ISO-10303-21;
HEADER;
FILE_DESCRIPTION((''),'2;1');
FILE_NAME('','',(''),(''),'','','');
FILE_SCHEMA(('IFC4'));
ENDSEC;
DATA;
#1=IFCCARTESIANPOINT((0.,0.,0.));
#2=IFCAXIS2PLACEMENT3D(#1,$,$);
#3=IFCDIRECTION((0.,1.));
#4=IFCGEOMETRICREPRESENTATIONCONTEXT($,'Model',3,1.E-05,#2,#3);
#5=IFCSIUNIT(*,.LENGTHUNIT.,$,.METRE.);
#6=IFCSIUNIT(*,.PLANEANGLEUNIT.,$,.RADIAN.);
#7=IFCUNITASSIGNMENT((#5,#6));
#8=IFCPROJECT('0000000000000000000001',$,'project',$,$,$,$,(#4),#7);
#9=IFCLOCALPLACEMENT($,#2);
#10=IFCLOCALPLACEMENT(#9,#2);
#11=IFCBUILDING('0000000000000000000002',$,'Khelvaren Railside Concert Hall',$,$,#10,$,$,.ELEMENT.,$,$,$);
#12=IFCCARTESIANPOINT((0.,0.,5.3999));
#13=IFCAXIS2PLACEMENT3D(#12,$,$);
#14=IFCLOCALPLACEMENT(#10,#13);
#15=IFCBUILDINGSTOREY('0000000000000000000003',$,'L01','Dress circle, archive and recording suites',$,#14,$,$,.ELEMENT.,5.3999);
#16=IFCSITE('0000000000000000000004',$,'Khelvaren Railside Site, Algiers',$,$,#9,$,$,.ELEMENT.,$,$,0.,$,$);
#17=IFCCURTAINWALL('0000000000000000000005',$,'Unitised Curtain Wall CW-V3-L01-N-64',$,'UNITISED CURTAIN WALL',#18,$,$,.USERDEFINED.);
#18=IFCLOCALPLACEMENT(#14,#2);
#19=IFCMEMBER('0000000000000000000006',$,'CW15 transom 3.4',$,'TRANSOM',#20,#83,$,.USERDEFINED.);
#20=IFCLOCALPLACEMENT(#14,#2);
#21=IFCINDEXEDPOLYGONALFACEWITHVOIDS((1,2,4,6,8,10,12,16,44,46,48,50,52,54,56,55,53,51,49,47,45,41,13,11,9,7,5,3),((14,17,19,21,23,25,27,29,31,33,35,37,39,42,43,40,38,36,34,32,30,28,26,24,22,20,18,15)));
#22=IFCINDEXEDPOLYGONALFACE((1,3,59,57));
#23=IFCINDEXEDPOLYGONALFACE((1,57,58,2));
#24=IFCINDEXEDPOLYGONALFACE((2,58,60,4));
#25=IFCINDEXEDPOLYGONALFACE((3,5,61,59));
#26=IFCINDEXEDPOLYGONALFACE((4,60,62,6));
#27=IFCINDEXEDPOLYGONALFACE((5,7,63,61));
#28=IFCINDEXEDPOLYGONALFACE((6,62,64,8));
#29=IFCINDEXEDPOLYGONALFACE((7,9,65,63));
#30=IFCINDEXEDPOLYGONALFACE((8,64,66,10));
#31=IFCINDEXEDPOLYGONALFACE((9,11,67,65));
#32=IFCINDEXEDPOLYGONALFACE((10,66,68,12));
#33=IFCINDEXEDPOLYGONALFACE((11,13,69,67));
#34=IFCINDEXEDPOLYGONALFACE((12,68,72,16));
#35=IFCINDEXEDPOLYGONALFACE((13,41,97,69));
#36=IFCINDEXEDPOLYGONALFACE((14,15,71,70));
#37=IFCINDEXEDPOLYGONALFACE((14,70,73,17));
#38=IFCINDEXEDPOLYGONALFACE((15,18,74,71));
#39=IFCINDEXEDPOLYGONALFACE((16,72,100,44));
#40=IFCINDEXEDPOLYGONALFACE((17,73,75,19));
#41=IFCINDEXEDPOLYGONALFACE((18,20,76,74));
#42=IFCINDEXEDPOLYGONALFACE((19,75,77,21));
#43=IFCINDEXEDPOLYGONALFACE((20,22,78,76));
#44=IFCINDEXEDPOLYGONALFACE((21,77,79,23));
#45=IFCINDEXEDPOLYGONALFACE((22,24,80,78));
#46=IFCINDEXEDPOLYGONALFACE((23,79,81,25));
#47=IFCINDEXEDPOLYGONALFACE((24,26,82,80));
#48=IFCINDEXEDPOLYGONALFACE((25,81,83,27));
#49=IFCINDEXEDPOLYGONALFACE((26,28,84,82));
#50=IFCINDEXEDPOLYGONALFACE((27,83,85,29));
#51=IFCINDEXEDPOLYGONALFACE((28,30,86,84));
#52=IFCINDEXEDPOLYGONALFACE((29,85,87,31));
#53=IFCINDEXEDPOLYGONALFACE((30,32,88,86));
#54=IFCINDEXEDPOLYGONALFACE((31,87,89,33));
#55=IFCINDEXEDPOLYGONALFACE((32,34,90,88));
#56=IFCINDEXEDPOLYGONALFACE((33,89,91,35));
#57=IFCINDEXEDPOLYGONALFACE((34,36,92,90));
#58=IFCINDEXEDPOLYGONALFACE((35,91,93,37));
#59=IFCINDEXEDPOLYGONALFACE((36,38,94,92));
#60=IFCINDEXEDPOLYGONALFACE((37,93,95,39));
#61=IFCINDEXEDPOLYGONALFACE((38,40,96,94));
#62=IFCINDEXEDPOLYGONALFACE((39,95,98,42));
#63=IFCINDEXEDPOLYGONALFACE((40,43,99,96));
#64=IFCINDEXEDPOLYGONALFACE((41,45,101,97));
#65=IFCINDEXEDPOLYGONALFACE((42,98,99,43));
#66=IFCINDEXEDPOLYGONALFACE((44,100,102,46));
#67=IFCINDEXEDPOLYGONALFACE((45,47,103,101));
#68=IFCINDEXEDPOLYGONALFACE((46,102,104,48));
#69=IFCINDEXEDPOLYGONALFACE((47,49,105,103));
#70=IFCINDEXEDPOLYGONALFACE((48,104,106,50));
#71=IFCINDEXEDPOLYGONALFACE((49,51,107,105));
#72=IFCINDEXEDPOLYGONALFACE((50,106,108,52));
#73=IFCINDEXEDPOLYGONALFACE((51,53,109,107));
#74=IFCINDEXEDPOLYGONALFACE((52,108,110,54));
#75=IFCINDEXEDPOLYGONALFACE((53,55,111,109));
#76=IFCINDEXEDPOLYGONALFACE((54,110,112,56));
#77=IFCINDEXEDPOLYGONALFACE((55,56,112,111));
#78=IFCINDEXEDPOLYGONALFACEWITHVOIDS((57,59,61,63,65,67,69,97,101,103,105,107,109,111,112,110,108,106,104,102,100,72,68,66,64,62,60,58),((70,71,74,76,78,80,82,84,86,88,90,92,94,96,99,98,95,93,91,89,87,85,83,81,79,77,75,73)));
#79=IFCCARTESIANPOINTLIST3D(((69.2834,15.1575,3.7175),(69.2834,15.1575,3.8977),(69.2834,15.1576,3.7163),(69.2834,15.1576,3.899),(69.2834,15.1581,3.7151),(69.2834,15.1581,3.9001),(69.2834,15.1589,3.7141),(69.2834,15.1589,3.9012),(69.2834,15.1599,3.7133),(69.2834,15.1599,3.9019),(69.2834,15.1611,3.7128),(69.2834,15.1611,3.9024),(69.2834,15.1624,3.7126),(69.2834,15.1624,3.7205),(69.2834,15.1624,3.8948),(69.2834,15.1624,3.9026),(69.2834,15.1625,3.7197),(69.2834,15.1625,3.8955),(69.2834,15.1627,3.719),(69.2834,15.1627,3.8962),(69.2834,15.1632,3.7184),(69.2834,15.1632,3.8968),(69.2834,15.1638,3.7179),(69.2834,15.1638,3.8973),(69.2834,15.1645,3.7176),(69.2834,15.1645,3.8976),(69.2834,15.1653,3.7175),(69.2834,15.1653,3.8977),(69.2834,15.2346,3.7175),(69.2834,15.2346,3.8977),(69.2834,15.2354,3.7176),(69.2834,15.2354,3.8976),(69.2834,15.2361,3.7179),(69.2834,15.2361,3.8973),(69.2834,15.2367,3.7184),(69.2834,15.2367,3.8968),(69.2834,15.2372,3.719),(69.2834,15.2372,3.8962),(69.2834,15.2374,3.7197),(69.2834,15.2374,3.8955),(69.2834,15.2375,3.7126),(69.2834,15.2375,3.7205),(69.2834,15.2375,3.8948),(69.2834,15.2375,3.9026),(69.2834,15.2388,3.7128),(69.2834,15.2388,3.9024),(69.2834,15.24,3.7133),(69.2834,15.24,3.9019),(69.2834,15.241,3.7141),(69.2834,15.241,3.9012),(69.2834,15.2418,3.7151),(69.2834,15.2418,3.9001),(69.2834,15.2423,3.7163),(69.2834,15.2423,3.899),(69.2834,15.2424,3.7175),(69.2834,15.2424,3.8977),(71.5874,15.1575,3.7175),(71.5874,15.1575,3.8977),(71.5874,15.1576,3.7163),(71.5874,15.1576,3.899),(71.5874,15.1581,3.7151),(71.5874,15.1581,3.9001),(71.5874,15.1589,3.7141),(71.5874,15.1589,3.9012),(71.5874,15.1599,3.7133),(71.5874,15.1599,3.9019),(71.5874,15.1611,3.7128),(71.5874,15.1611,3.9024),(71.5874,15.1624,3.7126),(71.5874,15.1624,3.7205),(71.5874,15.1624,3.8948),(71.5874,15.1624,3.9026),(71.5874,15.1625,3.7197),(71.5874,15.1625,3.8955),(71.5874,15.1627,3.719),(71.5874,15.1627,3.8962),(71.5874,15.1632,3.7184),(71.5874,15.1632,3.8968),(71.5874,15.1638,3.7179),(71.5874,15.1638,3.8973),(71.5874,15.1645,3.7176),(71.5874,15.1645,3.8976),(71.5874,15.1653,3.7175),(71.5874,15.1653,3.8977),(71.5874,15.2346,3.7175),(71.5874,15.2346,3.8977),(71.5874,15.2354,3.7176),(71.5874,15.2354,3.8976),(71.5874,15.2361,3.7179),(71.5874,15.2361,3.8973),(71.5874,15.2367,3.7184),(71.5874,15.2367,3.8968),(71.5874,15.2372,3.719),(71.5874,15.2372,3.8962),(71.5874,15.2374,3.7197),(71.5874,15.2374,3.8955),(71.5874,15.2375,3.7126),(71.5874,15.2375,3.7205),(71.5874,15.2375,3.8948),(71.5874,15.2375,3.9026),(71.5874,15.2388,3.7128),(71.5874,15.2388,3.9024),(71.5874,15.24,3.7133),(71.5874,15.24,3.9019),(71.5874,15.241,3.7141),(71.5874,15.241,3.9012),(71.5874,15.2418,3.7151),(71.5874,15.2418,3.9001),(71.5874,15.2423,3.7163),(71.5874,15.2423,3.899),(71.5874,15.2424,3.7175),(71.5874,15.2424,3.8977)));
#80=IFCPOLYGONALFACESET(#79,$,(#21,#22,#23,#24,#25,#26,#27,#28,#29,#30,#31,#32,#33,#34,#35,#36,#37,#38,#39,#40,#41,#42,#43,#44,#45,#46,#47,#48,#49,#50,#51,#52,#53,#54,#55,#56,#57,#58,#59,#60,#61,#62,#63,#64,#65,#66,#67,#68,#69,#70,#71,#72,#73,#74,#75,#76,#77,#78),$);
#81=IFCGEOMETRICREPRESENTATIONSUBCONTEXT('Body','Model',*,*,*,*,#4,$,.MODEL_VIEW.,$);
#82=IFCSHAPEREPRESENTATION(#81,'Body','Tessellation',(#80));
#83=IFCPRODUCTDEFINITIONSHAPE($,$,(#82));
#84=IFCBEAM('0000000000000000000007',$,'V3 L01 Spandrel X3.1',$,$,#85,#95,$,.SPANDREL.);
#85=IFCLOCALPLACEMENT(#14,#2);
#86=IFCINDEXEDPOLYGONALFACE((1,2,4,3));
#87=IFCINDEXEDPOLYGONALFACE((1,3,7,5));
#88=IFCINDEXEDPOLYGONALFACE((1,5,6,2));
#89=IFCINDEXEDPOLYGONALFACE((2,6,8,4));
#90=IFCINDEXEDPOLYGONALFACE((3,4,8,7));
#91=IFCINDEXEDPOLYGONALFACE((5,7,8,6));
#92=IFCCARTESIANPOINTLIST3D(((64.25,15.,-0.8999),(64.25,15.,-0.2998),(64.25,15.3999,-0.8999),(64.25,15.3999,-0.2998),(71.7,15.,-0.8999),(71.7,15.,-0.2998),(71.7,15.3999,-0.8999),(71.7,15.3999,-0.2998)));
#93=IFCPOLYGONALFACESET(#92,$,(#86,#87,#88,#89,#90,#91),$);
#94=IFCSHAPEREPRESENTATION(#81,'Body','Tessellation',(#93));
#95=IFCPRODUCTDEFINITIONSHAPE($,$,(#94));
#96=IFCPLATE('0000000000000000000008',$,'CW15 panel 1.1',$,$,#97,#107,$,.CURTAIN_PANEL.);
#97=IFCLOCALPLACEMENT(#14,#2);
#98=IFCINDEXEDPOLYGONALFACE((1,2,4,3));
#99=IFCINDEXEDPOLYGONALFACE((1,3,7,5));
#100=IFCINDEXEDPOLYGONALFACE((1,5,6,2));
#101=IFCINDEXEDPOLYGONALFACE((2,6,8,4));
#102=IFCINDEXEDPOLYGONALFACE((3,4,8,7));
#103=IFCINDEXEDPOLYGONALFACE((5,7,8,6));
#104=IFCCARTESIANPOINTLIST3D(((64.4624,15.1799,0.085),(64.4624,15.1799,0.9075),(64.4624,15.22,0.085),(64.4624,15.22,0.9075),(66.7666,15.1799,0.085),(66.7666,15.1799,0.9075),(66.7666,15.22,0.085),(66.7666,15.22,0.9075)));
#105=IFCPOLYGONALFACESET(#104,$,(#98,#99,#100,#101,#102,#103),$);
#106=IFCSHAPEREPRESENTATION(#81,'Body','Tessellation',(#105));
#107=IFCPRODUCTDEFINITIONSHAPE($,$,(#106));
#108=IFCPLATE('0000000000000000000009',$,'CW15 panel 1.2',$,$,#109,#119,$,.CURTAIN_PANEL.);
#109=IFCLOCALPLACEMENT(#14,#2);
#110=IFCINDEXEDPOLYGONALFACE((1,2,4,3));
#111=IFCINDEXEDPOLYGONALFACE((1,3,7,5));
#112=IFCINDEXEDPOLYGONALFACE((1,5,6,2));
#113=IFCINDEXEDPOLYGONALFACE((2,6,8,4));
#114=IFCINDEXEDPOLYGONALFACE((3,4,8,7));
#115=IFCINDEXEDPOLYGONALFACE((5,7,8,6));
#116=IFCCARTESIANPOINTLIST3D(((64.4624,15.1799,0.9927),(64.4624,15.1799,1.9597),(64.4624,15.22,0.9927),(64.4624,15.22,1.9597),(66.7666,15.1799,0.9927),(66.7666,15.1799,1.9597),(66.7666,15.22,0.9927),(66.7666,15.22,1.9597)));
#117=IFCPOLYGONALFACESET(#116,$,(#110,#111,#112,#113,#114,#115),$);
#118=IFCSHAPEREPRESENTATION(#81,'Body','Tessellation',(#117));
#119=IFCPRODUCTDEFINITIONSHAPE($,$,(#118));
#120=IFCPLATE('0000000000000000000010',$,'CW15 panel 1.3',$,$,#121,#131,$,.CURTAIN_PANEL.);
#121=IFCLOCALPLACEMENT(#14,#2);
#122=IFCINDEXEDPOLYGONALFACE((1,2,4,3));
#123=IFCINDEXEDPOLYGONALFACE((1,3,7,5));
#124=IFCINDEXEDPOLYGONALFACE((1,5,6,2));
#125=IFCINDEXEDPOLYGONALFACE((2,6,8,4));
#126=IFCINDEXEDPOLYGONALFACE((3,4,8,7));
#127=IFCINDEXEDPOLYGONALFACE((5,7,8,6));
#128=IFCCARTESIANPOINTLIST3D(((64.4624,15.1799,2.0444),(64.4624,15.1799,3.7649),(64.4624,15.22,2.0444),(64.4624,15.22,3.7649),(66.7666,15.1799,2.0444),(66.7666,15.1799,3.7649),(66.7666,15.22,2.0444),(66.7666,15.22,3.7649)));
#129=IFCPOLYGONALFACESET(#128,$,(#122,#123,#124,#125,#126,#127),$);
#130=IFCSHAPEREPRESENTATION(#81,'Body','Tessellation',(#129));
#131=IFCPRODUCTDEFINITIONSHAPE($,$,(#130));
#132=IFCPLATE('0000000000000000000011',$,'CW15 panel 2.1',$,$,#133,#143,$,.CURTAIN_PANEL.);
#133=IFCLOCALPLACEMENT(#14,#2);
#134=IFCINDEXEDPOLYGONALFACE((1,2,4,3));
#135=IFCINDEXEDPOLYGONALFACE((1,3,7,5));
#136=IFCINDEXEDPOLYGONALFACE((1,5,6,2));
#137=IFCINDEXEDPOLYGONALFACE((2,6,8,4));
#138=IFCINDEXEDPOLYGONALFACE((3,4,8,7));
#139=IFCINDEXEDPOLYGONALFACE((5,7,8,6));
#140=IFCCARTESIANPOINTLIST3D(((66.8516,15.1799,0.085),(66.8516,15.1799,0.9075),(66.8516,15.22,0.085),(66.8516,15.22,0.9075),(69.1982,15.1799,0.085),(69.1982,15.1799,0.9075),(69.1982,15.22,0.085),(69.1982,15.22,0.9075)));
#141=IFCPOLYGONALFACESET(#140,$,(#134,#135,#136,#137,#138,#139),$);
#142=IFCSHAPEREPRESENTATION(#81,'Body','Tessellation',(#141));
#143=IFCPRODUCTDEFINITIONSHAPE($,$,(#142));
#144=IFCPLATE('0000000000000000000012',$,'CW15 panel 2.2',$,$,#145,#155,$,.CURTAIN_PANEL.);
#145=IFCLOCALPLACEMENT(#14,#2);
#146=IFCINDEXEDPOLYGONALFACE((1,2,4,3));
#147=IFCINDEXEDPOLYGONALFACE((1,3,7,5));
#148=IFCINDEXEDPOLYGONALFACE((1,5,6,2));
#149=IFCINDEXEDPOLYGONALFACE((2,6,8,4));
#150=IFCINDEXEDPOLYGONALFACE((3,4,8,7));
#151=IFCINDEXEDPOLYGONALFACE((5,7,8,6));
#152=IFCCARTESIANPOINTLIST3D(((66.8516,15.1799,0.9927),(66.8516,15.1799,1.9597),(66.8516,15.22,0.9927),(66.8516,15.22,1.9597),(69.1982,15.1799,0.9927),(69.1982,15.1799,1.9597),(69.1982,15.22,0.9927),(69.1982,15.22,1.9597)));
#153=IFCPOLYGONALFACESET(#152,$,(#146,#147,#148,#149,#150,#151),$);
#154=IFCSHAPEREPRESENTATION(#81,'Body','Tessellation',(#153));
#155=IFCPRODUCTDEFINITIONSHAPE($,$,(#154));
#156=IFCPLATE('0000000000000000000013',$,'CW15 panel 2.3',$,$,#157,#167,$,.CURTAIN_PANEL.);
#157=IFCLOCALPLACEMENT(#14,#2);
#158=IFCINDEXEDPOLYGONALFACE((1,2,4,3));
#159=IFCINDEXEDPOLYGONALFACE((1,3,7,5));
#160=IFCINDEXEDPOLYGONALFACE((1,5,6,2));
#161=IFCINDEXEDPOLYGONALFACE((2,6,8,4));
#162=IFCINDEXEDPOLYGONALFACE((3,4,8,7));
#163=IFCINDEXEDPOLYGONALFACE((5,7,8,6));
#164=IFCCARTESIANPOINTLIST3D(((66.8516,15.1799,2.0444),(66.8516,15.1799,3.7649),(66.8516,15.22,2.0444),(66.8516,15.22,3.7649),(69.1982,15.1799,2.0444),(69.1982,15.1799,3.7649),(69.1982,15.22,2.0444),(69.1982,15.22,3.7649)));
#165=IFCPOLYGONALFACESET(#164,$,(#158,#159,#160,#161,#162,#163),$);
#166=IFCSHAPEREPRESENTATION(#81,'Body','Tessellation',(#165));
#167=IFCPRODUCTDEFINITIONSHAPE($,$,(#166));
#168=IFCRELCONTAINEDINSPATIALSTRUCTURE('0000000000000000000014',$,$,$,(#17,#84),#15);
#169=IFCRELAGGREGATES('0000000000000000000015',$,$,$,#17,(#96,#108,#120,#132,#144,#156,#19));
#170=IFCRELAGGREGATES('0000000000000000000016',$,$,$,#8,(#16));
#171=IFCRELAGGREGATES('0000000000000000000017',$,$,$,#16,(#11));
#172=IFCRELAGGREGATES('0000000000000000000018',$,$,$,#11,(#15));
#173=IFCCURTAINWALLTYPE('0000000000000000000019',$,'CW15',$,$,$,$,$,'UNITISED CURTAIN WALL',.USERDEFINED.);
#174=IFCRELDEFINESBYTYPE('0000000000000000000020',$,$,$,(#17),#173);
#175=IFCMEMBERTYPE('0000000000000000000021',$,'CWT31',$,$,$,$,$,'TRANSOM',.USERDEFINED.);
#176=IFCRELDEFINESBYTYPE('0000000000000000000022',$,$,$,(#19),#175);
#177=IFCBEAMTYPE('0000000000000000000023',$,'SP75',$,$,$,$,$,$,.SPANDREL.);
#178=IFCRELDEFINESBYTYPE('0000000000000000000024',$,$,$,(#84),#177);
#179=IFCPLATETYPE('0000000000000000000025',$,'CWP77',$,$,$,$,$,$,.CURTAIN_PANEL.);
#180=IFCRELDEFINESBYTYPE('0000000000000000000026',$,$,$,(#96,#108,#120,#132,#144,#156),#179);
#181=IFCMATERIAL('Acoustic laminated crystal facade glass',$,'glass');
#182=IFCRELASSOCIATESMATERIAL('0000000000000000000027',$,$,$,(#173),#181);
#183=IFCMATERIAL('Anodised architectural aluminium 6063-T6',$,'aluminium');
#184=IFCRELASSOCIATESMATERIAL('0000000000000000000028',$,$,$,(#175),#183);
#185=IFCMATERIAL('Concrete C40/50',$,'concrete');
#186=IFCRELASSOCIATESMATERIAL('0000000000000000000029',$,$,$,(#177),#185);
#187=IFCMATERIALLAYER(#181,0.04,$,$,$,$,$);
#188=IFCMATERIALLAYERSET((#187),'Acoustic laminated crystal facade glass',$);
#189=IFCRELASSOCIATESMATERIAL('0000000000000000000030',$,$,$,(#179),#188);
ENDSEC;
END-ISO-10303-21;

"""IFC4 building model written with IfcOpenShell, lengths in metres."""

from ifc_helpers import new_model, si_unit, direction, frame, origin, origin_2d, place, context, subcontext, project, spatial, rectangle, hollow_rectangle, extrude, material, layer, layer_set, material_profile, profile_set, type_object, element, aggregate, save


model = new_model("IFC4")

# Units and contexts
model_context = context("Model", 3, precision=1e-05, world=origin(), true_north=direction((0.0, 1.0)))
body_context = subcontext(model_context, "Body", "Model", "MODEL_VIEW")
ifc_project = project(units=[si_unit("LENGTHUNIT", "METRE"), si_unit("PLANEANGLEUNIT", "RADIAN")], contexts=[model_context])

# Site, building, storey
site_placement = place(None, origin())
site = spatial("IfcSite", under=ifc_project, at=site_placement, Name="Khelvaren Railside Site, Algiers", CompositionType="ELEMENT", RefElevation=0.0)
building_placement = place(site_placement, origin())
building = spatial("IfcBuilding", under=site, at=building_placement, Name="Khelvaren Railside Concert Hall", CompositionType="ELEMENT")
storey_placement = place(building_placement, frame((0.0, 0.0, 5.3999)))
storey = spatial("IfcBuildingStorey", under=building, at=storey_placement, Name="L01", Description="Dress circle, archive and recording suites", CompositionType="ELEMENT", Elevation=5.3999)

# Curtain wall, member
ifc_material_1 = material(Name="Acoustic laminated crystal facade glass", Category="glass")
curtain_wall_type = type_object("IfcCurtainWallType", Name="CW15", ElementType="UNITISED CURTAIN WALL", PredefinedType="USERDEFINED", material=ifc_material_1)
curtain_wall_placement = place(storey_placement, origin())
curtain_wall = element("IfcCurtainWall", 1, at=curtain_wall_placement, inside=storey, type_object=curtain_wall_type, Name="Unitised Curtain Wall CW-V3-L01-N-64", ObjectType="UNITISED CURTAIN WALL", PredefinedType="USERDEFINED")
ifc_material_2 = material(Name="Anodised architectural aluminium 6063-T6", Category="aluminium")
ifc_material_profile_1 = material_profile(ifc_material_2, hollow_rectangle(XDim=0.085, YDim=0.1899, WallThickness=0.0049, InnerFilletRadius=0.0029, OuterFilletRadius=0.0049, at=origin_2d()), Name="CWT 85x190x5")
ifc_profile_set_1 = profile_set([ifc_material_profile_1], Name="Anodised architectural aluminium 6063-T6")
member_type_1 = type_object("IfcMemberType", Name="CWT31", ElementType="TRANSOM", PredefinedType="USERDEFINED", material=ifc_profile_set_1)
member_1_placement = place(storey_placement, frame((69.2834, 15.2, 3.8076), z_axis=(1.0, 0.0, 0.0), x_axis=(0.0, 1.0, 0.0)))
member_1 = element("IfcMember", 2, at=member_1_placement, type_object=member_type_1, Name="CW15 transom 3.4", ObjectType="TRANSOM", PredefinedType="USERDEFINED", context=body_context, shape_type="SweptSolid", body=[
    extrude(hollow_rectangle(XDim=0.085, YDim=0.1899, WallThickness=0.0049, InnerFilletRadius=0.0029, OuterFilletRadius=0.0049, at=origin_2d()), origin(), (0.0, 0.0, 1.0), 2.304),
])

# Beam
ifc_material_3 = material(Name="Concrete C40/50", Category="concrete")
ifc_material_profile_2 = material_profile(ifc_material_3, rectangle(XDim=0.3999, YDim=0.6001, at=origin_2d()), Name="RCB 400x600")
ifc_profile_set_2 = profile_set([ifc_material_profile_2], Name="Concrete C40/50")
beam_type = type_object("IfcBeamType", Name="SP75", PredefinedType="SPANDREL", material=ifc_profile_set_2)
beam_placement = place(storey_placement, frame((64.25, 15.2, -0.5999), z_axis=(1.0, 0.0, 0.0), x_axis=(0.0, 1.0, 0.0)))
element("IfcBeam", 3, at=beam_placement, inside=storey, type_object=beam_type, Name="V3 L01 Spandrel X3.1", PredefinedType="SPANDREL", context=body_context, shape_type="SweptSolid", body=[
    extrude(rectangle(XDim=0.3999, YDim=0.6001, at=origin_2d()), origin(), (0.0, 0.0, 1.0), 7.45),
])

# Plates
ifc_layer = layer(ifc_material_1, 0.04)
ifc_layer_set = layer_set([ifc_layer], Name="Acoustic laminated crystal facade glass")
plate_type = type_object("IfcPlateType", Name="CWP77", PredefinedType="CURTAIN_PANEL", material=ifc_layer_set)
plate_1_placement = place(storey_placement, frame((65.6145, 15.2, 0.085), z_axis=(0.0, 0.0, 1.0), x_axis=(1.0, 0.0, 0.0)))
plate_1 = element("IfcPlate", 4, at=plate_1_placement, type_object=plate_type, Name="CW15 panel 1.1", PredefinedType="CURTAIN_PANEL", context=body_context, shape_type="SweptSolid", body=[
    extrude(rectangle(XDim=2.3042, YDim=0.04, at=origin_2d()), origin(), (0.0, 0.0, 1.0), 0.8225),
])
plate_2_placement = place(storey_placement, frame((65.6145, 15.2, 0.9927), z_axis=(0.0, 0.0, 1.0), x_axis=(1.0, 0.0, 0.0)))
plate_2 = element("IfcPlate", 5, at=plate_2_placement, type_object=plate_type, Name="CW15 panel 1.2", PredefinedType="CURTAIN_PANEL", context=body_context, shape_type="SweptSolid", body=[
    extrude(rectangle(XDim=2.3042, YDim=0.04, at=origin_2d()), origin(), (0.0, 0.0, 1.0), 0.967),
])
plate_3_placement = place(storey_placement, frame((65.6145, 15.2, 2.0444), z_axis=(0.0, 0.0, 1.0), x_axis=(1.0, 0.0, 0.0)))
plate_3 = element("IfcPlate", 6, at=plate_3_placement, type_object=plate_type, Name="CW15 panel 1.3", PredefinedType="CURTAIN_PANEL", context=body_context, shape_type="SweptSolid", body=[
    extrude(rectangle(XDim=2.3042, YDim=0.04, at=origin_2d()), origin(), (0.0, 0.0, 1.0), 1.7205),
])
plate_4_placement = place(storey_placement, frame((68.0249, 15.2, 0.085), z_axis=(0.0, 0.0, 1.0), x_axis=(1.0, 0.0, 0.0)))
plate_4 = element("IfcPlate", 7, at=plate_4_placement, type_object=plate_type, Name="CW15 panel 2.1", PredefinedType="CURTAIN_PANEL", context=body_context, shape_type="SweptSolid", body=[
    extrude(rectangle(XDim=2.3467, YDim=0.04, at=origin_2d()), origin(), (0.0, 0.0, 1.0), 0.8225),
])
plate_5_placement = place(storey_placement, frame((68.0249, 15.2, 0.9927), z_axis=(0.0, 0.0, 1.0), x_axis=(1.0, 0.0, 0.0)))
plate_5 = element("IfcPlate", 8, at=plate_5_placement, type_object=plate_type, Name="CW15 panel 2.2", PredefinedType="CURTAIN_PANEL", context=body_context, shape_type="SweptSolid", body=[
    extrude(rectangle(XDim=2.3467, YDim=0.04, at=origin_2d()), origin(), (0.0, 0.0, 1.0), 0.967),
])
plate_6_placement = place(storey_placement, frame((68.0249, 15.2, 2.0444), z_axis=(0.0, 0.0, 1.0), x_axis=(1.0, 0.0, 0.0)))
plate_6 = element("IfcPlate", 9, at=plate_6_placement, type_object=plate_type, Name="CW15 panel 2.3", PredefinedType="CURTAIN_PANEL", context=body_context, shape_type="SweptSolid", body=[
    extrude(rectangle(XDim=2.3467, YDim=0.04, at=origin_2d()), origin(), (0.0, 0.0, 1.0), 1.7205),
])
aggregate(curtain_wall, [plate_1, plate_2, plate_3, plate_4, plate_5, plate_6, member_1])

save(model, "model.ifc")
